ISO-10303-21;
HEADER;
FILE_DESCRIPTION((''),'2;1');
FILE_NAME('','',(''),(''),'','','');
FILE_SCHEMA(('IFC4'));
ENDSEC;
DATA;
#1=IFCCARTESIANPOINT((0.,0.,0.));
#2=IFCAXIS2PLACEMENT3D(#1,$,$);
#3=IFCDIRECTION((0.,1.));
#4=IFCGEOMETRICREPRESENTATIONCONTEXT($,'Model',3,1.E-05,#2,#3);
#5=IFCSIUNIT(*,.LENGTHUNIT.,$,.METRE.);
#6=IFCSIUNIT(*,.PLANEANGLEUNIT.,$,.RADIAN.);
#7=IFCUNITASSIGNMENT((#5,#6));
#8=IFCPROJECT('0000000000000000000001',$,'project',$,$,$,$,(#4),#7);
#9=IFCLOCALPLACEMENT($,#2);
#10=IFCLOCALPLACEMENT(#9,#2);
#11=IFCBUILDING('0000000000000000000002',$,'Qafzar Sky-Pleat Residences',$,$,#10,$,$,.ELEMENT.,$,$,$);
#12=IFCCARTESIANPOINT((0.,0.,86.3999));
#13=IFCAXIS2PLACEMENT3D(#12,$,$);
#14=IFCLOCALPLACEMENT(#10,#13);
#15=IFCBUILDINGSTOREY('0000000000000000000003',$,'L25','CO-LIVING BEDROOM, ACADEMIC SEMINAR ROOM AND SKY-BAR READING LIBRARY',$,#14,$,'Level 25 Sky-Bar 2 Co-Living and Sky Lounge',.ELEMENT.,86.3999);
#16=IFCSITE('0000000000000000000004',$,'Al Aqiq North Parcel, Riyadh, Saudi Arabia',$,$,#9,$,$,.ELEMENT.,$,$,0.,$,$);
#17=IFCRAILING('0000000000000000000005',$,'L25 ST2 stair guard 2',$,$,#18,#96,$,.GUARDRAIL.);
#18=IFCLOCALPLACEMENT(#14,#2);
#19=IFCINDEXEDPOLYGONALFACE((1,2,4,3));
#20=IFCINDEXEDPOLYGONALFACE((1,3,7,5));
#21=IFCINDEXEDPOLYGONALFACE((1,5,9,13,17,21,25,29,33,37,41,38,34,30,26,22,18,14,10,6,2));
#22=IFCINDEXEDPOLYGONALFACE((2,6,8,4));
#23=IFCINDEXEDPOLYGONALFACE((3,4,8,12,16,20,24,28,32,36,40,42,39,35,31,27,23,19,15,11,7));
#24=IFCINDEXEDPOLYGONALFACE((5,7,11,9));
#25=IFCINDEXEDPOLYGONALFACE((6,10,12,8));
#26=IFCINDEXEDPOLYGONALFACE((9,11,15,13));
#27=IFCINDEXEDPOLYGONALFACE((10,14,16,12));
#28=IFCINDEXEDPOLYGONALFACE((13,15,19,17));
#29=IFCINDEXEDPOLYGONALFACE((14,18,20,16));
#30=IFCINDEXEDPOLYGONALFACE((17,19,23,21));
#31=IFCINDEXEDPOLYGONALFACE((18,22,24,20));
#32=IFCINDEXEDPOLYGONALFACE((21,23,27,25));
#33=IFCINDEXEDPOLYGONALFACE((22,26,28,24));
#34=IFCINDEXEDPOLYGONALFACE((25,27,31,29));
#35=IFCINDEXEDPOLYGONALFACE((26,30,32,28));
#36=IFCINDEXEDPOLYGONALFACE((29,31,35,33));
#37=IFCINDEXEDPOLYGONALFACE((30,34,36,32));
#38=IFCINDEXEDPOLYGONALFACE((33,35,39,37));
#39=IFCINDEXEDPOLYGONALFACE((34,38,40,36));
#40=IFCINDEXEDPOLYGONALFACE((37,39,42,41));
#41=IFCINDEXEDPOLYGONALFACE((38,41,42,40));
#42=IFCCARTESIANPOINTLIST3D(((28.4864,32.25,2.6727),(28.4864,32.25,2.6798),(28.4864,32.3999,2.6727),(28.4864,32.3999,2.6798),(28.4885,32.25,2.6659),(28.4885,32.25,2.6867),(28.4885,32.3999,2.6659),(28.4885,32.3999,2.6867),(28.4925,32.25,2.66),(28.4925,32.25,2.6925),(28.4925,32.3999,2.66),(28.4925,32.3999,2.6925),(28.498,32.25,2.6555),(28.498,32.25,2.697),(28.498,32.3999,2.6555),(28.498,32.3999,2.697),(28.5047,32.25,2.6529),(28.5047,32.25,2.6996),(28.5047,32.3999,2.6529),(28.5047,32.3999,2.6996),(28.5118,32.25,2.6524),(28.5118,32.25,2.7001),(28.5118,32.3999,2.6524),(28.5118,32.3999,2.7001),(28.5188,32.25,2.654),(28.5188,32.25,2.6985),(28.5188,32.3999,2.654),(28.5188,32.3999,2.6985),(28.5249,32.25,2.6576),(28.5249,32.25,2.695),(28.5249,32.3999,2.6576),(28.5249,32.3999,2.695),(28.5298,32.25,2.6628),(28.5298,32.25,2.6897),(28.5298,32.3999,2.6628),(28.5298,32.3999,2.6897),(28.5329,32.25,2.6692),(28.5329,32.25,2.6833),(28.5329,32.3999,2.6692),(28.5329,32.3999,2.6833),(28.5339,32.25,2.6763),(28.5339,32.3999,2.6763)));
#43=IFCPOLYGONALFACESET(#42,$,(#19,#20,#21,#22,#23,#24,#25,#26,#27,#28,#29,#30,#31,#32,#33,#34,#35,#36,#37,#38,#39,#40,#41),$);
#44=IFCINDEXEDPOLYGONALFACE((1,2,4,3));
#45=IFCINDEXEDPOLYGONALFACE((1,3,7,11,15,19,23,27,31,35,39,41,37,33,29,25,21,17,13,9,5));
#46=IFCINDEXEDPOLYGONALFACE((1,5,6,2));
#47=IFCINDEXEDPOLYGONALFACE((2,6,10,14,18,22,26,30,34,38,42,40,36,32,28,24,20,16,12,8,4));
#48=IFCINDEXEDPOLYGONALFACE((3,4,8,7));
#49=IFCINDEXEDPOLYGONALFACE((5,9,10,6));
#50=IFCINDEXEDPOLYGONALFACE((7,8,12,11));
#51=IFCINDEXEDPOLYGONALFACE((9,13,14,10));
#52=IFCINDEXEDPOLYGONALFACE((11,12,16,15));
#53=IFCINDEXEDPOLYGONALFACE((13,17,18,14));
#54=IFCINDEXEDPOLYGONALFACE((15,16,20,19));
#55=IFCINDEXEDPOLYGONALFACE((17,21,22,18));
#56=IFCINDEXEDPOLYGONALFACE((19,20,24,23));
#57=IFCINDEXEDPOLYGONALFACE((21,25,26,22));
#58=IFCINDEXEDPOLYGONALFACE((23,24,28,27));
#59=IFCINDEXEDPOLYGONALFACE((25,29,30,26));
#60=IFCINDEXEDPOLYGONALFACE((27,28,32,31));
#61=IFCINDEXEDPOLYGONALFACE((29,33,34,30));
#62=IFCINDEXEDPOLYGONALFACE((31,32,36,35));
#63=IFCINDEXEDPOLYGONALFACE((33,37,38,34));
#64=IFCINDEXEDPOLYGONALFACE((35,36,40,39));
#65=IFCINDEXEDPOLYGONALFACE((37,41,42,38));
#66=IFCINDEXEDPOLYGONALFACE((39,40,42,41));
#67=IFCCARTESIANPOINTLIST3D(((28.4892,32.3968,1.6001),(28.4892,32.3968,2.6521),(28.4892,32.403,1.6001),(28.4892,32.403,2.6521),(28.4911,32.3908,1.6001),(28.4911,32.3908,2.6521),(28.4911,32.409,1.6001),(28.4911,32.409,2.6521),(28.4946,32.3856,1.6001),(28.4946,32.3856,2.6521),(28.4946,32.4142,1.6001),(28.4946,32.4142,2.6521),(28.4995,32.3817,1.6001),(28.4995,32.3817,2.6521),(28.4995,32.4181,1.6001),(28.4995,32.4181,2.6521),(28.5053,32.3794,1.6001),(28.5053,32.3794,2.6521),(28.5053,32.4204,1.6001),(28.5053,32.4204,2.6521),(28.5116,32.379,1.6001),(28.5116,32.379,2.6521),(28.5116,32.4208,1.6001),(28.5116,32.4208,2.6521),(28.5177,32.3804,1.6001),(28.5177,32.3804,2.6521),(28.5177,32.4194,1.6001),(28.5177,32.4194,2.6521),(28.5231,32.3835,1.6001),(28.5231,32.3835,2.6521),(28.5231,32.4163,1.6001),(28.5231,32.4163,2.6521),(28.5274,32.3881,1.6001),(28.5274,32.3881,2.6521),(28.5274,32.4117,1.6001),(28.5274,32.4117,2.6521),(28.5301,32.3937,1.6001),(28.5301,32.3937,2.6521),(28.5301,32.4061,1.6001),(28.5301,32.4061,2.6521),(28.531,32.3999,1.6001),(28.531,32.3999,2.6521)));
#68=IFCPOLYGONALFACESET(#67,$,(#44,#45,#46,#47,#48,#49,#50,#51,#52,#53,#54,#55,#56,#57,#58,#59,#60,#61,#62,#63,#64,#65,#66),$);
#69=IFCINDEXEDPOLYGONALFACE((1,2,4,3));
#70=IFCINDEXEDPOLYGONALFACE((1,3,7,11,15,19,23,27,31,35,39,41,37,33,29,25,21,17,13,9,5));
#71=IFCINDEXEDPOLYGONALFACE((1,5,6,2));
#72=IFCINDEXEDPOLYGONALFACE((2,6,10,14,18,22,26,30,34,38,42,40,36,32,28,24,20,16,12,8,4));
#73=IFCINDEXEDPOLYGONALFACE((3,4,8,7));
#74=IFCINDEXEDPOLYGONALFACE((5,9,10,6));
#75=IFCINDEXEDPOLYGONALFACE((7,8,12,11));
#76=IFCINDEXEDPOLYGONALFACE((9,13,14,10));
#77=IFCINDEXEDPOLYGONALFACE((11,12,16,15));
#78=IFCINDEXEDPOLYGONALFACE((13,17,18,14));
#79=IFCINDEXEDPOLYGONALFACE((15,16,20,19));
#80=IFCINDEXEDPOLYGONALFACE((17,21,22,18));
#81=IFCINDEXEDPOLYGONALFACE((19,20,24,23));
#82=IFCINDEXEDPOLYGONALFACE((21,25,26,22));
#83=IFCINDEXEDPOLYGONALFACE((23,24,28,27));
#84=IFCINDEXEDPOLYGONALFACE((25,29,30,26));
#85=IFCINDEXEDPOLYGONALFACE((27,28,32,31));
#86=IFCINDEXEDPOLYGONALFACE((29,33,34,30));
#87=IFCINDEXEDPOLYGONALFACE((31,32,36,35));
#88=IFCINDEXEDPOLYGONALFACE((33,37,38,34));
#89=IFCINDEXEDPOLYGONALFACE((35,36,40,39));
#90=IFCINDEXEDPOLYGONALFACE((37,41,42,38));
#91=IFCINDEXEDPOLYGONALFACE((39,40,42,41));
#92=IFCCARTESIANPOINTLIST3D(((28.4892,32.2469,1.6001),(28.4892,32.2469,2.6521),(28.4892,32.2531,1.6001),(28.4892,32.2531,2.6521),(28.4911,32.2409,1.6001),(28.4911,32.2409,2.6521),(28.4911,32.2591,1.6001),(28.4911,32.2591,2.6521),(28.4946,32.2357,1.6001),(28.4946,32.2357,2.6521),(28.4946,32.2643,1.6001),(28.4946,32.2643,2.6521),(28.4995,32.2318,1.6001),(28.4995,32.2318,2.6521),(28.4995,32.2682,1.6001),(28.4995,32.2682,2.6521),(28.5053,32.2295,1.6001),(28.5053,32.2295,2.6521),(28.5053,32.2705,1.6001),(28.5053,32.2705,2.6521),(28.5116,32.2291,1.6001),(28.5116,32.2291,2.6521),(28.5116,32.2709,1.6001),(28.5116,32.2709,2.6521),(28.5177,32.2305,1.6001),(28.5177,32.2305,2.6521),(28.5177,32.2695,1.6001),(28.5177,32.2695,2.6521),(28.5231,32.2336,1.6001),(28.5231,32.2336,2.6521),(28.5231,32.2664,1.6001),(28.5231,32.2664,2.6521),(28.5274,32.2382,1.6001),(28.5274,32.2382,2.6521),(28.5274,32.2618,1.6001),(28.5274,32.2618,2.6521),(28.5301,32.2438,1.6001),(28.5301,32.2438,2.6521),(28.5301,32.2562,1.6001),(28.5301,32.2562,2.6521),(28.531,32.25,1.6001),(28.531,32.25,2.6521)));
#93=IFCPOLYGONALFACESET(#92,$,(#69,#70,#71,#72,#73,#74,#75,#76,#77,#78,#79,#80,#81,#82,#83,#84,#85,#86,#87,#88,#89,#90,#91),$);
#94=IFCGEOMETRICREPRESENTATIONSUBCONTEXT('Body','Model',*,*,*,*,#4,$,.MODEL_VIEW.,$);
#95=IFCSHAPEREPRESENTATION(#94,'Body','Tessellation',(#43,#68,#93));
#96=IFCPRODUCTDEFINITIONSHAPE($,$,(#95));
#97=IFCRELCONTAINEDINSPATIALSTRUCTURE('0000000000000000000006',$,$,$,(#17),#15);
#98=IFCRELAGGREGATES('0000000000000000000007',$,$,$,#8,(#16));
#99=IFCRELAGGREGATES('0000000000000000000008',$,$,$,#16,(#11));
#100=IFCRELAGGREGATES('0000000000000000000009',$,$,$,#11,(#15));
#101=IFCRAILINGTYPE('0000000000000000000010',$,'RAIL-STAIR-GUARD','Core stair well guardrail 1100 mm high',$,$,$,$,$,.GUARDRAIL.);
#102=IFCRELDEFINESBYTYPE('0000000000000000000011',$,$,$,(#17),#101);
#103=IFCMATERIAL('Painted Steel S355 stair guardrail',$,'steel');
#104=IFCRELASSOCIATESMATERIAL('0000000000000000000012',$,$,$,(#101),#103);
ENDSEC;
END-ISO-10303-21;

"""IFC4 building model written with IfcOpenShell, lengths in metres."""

from ifc_helpers import new_model, si_unit, direction, frame, origin, origin_2d, place, context, subcontext, project, spatial, circle, extrude, source, transform, mapped, material, type_object, element, save


model = new_model("IFC4")

# Units and contexts
model_context = context("Model", 3, precision=1e-05, world=origin(), true_north=direction((0.0, 1.0)))
body_context = subcontext(model_context, "Body", "Model", "MODEL_VIEW")
ifc_project = project(units=[si_unit("LENGTHUNIT", "METRE"), si_unit("PLANEANGLEUNIT", "RADIAN")], contexts=[model_context])

# Site, building, storey
site_placement = place(None, origin())
site = spatial("IfcSite", under=ifc_project, at=site_placement, Name="Al Aqiq North Parcel, Riyadh, Saudi Arabia", CompositionType="ELEMENT", RefElevation=0.0)
building_placement = place(site_placement, origin())
building = spatial("IfcBuilding", under=site, at=building_placement, Name="Qafzar Sky-Pleat Residences", CompositionType="ELEMENT")
storey_placement = place(building_placement, frame((0.0, 0.0, 86.3999)))
storey = spatial("IfcBuildingStorey", under=building, at=storey_placement, Name="L25", Description="CO-LIVING BEDROOM, ACADEMIC SEMINAR ROOM AND SKY-BAR READING LIBRARY", LongName="Level 25 Sky-Bar 2 Co-Living and Sky Lounge", CompositionType="ELEMENT", Elevation=86.3999)

# Railing
ifc_material_1 = material(Name="Painted Steel S355 stair guardrail", Category="steel")
railing_type_1 = type_object("IfcRailingType", Name="RAIL-STAIR-GUARD", Description="Core stair well guardrail 1100 mm high", PredefinedType="GUARDRAIL", material=ifc_material_1)
shared_shape_1 = source(origin(), body_context, "Body", "SweptSolid", [
    extrude(circle(Radius=0.0239, at=origin_2d()), frame((0.0, 0.0, 1.0762), z_axis=(0.0, -1.0, 0.0), x_axis=(1.0, 0.0, 0.0)), (0.0, 0.0, 1.0), 0.1499),
    extrude(circle(Radius=0.021, at=origin_2d()), origin(), (0.0, 0.0, 1.0), 1.052),
    extrude(circle(Radius=0.021, at=origin_2d()), frame((0.0, -0.1499, 0.0)), (0.0, 0.0, 1.0), 1.052),
])
railing_1_placement = place(storey_placement, frame((28.51, 32.3999, 1.6001)))
element("IfcRailing", 1, at=railing_1_placement, inside=storey, type_object=railing_type_1, Name="L25 ST2 stair guard 2", PredefinedType="GUARDRAIL", context=body_context, shape_type="MappedRepresentation", body=[
    mapped(shared_shape_1, transform((0.0, 0.0, 0.0), x_axis=(1.0, 0.0, 0.0), y_axis=(0.0, 1.0, 0.0), z_axis=(0.0, 0.0, 1.0), scale=1.0)),
])

save(model, "model.ifc")
